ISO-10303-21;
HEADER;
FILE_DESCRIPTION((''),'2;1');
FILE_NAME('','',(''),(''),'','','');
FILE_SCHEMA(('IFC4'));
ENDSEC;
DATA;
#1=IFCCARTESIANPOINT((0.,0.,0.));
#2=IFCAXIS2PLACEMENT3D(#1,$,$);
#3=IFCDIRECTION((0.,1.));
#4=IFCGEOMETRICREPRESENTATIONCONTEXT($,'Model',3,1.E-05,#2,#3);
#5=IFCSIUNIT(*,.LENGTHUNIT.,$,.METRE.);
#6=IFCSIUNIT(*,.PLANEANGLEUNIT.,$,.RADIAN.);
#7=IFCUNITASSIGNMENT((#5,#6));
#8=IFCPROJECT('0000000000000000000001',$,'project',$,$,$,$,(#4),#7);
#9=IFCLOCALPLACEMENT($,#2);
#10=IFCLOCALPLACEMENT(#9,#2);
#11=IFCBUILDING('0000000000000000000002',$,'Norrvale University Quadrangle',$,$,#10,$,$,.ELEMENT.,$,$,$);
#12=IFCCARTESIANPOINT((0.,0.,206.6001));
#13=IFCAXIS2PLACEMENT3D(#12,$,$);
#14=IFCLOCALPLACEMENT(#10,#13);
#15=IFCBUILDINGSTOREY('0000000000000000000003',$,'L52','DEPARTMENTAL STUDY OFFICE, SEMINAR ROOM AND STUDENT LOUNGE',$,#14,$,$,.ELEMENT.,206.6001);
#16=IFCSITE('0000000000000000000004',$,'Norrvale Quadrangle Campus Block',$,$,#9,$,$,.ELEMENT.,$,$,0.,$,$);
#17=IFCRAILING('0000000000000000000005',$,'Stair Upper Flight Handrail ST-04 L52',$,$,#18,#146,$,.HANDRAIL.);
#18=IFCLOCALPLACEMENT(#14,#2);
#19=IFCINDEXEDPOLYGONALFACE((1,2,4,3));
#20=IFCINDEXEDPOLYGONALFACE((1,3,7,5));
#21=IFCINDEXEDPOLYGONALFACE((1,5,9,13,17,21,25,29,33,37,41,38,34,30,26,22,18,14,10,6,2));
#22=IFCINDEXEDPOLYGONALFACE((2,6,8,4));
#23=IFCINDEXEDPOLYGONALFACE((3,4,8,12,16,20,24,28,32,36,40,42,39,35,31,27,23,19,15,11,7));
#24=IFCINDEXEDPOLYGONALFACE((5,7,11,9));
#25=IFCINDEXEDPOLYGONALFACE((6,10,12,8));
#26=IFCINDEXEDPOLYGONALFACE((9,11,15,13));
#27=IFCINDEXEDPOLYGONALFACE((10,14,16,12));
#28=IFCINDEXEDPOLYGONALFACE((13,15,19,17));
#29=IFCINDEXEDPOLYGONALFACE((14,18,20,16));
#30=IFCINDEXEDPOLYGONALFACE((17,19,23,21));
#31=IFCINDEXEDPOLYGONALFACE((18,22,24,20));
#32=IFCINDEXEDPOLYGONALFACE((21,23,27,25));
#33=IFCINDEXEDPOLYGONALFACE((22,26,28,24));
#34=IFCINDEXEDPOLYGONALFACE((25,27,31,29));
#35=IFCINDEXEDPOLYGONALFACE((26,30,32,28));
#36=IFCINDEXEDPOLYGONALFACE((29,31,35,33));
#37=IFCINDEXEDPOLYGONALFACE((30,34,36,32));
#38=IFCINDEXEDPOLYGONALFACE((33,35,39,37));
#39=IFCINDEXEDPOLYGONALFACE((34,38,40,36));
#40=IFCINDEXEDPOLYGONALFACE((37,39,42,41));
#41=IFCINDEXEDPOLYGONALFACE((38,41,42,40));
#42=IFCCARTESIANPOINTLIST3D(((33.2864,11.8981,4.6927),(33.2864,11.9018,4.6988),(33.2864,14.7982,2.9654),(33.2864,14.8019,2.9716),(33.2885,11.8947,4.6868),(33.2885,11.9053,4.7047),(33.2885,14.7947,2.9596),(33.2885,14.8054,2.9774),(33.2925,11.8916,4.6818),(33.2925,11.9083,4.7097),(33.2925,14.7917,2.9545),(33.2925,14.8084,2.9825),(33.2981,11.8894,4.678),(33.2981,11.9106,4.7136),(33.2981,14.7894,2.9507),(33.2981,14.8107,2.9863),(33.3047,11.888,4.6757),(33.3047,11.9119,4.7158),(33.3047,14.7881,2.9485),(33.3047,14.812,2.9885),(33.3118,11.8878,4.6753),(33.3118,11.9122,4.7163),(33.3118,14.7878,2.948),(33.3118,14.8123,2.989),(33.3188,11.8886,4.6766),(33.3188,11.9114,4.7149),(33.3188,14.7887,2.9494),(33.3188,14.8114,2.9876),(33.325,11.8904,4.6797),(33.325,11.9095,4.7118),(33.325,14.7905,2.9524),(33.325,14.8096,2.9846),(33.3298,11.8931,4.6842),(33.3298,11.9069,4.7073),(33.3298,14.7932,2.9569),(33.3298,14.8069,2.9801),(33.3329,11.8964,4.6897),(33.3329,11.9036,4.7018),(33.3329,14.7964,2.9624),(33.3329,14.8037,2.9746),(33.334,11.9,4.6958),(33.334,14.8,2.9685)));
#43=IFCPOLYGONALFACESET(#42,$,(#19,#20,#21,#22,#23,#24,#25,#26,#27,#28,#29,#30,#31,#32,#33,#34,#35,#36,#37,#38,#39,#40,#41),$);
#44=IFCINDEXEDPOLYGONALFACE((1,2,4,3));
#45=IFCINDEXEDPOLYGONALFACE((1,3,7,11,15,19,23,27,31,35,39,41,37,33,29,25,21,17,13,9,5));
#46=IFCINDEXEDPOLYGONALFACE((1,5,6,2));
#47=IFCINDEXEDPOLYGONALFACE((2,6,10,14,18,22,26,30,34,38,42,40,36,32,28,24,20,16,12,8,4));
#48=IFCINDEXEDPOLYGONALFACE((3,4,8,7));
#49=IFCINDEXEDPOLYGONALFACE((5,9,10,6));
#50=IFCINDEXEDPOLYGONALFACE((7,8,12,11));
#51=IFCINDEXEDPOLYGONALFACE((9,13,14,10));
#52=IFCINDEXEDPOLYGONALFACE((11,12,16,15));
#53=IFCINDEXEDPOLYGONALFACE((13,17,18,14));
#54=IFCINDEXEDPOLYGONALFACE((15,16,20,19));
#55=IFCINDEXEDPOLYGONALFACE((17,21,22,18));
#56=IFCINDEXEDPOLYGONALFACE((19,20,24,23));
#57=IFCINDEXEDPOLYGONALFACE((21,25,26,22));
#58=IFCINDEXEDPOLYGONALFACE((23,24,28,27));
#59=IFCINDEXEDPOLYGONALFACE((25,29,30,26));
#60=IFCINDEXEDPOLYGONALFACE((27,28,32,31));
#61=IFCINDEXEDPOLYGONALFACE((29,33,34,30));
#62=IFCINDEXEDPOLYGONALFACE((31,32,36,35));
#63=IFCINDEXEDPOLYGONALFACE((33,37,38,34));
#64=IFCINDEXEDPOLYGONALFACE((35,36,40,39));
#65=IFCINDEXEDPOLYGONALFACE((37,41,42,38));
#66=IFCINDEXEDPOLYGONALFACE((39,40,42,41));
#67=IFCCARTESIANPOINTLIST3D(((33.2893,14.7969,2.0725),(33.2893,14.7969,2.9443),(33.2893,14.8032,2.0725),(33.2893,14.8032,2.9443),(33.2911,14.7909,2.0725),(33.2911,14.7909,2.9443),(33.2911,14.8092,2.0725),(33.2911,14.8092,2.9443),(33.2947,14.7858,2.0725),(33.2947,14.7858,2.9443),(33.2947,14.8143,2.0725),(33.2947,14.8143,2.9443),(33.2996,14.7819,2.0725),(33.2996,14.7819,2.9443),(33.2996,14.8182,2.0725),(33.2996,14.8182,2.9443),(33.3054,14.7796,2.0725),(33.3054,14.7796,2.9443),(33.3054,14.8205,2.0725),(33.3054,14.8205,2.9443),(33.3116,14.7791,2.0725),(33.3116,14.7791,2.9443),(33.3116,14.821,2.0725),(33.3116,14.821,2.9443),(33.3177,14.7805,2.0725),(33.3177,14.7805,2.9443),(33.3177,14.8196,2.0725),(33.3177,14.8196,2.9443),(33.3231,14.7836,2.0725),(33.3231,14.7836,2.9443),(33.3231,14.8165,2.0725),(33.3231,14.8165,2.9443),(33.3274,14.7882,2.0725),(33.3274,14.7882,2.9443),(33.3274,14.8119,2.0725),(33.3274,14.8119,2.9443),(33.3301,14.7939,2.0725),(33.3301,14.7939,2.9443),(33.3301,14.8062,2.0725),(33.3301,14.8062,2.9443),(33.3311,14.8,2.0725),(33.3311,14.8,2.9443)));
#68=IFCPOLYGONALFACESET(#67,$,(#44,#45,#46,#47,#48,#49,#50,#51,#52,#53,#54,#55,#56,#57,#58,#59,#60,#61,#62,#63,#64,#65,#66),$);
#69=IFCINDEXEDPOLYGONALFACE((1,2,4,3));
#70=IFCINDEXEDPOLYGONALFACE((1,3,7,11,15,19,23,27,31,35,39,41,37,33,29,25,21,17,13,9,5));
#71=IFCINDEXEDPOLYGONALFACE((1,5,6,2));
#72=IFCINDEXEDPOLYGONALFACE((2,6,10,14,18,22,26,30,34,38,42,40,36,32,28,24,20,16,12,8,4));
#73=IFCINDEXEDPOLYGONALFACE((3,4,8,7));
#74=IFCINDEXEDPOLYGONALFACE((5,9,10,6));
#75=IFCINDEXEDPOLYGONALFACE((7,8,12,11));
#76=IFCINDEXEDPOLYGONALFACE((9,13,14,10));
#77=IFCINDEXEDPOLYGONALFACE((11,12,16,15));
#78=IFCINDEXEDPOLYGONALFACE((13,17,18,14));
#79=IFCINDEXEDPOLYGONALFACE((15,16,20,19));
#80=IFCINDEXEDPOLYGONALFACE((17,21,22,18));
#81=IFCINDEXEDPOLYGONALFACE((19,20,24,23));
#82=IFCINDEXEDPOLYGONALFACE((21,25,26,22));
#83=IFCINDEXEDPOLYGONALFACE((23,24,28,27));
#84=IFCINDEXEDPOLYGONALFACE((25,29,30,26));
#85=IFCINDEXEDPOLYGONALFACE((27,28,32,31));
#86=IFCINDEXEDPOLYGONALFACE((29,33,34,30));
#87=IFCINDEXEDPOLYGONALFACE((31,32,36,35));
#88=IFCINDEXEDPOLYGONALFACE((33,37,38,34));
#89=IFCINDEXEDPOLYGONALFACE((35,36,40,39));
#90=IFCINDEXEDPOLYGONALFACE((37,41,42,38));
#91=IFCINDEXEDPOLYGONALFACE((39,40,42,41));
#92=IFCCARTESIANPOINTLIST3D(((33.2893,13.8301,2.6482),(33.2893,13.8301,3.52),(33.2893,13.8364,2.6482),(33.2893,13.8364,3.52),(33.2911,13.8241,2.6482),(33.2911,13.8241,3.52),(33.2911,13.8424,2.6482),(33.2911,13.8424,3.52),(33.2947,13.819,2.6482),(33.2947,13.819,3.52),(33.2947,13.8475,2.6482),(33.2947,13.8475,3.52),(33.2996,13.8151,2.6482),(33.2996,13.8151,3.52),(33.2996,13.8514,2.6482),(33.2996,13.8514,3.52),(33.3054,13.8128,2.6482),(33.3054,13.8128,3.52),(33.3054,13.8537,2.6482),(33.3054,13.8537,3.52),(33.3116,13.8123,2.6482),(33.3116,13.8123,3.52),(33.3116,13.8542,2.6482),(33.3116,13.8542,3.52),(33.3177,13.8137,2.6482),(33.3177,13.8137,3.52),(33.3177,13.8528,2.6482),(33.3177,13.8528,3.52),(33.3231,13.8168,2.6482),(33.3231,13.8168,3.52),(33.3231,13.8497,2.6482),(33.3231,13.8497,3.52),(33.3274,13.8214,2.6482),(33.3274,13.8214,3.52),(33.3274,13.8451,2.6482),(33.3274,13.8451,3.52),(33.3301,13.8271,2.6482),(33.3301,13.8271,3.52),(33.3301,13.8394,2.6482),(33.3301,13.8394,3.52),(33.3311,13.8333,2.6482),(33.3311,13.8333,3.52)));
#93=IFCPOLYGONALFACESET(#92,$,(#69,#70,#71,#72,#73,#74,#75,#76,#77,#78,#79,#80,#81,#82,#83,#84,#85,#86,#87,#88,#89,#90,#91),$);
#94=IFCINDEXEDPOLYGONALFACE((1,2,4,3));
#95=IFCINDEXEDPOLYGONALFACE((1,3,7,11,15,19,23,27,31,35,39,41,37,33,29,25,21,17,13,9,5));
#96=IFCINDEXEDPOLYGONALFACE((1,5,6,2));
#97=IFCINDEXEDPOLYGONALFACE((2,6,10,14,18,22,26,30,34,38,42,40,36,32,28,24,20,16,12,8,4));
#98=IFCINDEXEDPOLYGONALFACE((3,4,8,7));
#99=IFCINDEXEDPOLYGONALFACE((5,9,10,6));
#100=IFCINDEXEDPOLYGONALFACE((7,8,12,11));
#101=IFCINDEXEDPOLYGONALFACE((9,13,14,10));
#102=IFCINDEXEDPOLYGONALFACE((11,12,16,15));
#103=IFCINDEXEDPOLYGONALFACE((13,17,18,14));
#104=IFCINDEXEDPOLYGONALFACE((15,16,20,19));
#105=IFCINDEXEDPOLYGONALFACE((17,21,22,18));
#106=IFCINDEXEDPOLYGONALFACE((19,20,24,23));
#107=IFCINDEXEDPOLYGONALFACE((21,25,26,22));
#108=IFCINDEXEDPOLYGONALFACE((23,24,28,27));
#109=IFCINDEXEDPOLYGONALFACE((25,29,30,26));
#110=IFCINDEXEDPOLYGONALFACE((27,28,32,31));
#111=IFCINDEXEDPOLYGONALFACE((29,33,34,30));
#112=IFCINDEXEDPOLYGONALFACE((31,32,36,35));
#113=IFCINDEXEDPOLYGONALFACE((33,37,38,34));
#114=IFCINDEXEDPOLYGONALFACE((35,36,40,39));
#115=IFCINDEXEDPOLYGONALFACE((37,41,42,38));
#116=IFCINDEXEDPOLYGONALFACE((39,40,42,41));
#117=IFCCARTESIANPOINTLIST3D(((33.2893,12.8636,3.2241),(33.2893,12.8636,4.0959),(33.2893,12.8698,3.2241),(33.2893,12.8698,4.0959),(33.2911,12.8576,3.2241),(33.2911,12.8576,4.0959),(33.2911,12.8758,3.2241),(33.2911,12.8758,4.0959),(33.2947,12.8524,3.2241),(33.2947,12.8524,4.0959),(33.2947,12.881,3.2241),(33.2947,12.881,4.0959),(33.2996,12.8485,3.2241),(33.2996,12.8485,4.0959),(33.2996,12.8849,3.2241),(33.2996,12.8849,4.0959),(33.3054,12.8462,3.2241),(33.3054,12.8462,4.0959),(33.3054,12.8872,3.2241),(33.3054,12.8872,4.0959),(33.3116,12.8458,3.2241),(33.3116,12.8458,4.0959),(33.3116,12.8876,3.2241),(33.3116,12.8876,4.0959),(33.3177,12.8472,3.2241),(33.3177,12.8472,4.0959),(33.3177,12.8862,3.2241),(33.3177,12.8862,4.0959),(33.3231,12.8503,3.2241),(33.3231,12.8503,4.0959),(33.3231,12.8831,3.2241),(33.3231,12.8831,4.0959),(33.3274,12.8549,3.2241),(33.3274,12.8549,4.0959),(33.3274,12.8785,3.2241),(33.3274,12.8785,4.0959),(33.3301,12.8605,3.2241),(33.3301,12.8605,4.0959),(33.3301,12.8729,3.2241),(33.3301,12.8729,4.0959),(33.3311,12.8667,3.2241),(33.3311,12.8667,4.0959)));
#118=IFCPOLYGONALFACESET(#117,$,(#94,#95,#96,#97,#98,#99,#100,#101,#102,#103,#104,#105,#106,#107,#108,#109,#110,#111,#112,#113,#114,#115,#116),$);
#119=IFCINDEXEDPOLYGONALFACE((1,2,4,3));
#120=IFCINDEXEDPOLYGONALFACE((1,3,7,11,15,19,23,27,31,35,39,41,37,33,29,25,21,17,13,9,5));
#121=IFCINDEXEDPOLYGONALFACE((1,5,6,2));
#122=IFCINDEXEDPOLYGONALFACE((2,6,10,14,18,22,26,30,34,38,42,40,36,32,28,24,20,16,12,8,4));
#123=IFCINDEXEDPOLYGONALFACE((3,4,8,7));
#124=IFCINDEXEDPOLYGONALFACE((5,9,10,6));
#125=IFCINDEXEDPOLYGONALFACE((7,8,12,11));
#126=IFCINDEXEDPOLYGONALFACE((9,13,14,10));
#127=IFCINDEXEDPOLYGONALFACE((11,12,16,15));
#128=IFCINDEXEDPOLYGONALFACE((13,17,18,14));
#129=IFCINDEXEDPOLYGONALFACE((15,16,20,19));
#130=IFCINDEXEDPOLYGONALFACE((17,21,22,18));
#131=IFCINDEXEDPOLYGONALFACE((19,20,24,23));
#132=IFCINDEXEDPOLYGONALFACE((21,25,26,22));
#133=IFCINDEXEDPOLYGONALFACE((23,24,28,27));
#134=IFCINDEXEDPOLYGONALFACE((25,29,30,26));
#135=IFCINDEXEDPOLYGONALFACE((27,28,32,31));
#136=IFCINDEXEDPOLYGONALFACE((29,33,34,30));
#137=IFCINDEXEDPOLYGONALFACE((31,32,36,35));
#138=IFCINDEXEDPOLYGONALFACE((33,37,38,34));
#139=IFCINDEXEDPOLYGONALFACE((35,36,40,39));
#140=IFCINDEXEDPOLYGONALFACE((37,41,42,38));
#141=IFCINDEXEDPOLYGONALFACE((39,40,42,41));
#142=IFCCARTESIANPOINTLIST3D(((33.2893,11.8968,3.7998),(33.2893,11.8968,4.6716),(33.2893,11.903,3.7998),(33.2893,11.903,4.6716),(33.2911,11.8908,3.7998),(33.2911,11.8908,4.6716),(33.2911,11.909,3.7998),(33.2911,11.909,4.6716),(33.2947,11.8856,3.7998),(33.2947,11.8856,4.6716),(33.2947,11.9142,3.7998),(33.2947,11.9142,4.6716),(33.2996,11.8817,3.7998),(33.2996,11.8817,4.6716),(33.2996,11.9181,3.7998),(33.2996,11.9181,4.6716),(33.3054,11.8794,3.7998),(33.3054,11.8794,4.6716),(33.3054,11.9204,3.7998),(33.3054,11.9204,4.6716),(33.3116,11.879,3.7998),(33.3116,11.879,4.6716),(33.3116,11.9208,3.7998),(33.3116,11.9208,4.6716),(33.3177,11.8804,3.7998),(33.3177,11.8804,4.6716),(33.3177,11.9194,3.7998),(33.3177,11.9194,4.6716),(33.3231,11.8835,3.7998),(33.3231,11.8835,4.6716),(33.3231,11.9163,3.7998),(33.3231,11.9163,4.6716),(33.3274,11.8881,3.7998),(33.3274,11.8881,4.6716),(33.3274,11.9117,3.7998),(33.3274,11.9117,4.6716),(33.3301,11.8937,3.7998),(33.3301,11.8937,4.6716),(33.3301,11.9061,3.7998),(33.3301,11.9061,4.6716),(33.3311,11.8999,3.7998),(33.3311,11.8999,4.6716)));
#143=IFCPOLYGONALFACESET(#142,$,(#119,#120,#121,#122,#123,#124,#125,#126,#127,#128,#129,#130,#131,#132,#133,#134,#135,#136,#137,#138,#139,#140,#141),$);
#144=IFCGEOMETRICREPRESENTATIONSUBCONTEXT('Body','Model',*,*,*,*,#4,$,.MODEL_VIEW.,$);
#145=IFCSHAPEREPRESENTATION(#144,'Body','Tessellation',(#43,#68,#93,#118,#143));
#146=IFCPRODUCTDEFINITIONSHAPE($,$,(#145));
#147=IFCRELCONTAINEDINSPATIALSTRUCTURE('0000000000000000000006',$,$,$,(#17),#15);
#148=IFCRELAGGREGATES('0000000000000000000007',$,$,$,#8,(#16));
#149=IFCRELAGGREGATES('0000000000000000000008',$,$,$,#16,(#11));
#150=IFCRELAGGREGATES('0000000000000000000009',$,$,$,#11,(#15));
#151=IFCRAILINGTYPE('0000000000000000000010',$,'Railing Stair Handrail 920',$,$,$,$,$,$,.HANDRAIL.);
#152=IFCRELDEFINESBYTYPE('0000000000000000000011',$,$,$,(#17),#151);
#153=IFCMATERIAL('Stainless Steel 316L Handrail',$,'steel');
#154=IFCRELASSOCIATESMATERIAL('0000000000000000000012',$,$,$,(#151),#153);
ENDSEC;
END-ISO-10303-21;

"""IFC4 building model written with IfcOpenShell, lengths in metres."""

from ifc_helpers import new_model, si_unit, direction, frame, origin, origin_2d, place, context, subcontext, project, spatial, circle, extrude, material, type_object, element, save


model = new_model("IFC4")

# Units and contexts
model_context = context("Model", 3, precision=1e-05, world=origin(), true_north=direction((0.0, 1.0)))
body_context = subcontext(model_context, "Body", "Model", "MODEL_VIEW")
ifc_project = project(units=[si_unit("LENGTHUNIT", "METRE"), si_unit("PLANEANGLEUNIT", "RADIAN")], contexts=[model_context])

# Site, building, storey
site_placement = place(None, origin())
site = spatial("IfcSite", under=ifc_project, at=site_placement, Name="Norrvale Quadrangle Campus Block", CompositionType="ELEMENT", RefElevation=0.0)
building_placement = place(site_placement, origin())
building = spatial("IfcBuilding", under=site, at=building_placement, Name="Norrvale University Quadrangle", CompositionType="ELEMENT")
storey_placement = place(building_placement, frame((0.0, 0.0, 206.6001)))
storey = spatial("IfcBuildingStorey", under=building, at=storey_placement, Name="L52", Description="DEPARTMENTAL STUDY OFFICE, SEMINAR ROOM AND STUDENT LOUNGE", CompositionType="ELEMENT", Elevation=206.6001)

# Railing
ifc_material_1 = material(Name="Stainless Steel 316L Handrail", Category="steel")
railing_type_1 = type_object("IfcRailingType", Name="Railing Stair Handrail 920", PredefinedType="HANDRAIL", material=ifc_material_1)
railing_1_placement = place(storey_placement, frame((33.3101, 14.8, 2.0725)))
element("IfcRailing", 1, at=railing_1_placement, inside=storey, type_object=railing_type_1, Name="Stair Upper Flight Handrail ST-04 L52", PredefinedType="HANDRAIL", context=body_context, shape_type="SweptSolid", body=[
    extrude(circle(Radius=0.0239, at=origin_2d()), frame((0.0, 0.0, 0.896), z_axis=(0.0, -0.85916, 0.511706), x_axis=(1.0, 0.0, 0.0)), (0.0, 0.0, 1.0), 3.3755),
    extrude(circle(Radius=0.021, at=origin_2d()), origin(), (0.0, 0.0, 1.0), 0.8718),
    extrude(circle(Radius=0.021, at=origin_2d()), frame((0.0, -0.9668, 0.5757)), (0.0, 0.0, 1.0), 0.8718),
    extrude(circle(Radius=0.021, at=origin_2d()), frame((0.0, -1.9333, 1.1516)), (0.0, 0.0, 1.0), 0.8718),
    extrude(circle(Radius=0.021, at=origin_2d()), frame((0.0, -2.9001, 1.7273)), (0.0, 0.0, 1.0), 0.8718),
])

save(model, "model.ifc")
